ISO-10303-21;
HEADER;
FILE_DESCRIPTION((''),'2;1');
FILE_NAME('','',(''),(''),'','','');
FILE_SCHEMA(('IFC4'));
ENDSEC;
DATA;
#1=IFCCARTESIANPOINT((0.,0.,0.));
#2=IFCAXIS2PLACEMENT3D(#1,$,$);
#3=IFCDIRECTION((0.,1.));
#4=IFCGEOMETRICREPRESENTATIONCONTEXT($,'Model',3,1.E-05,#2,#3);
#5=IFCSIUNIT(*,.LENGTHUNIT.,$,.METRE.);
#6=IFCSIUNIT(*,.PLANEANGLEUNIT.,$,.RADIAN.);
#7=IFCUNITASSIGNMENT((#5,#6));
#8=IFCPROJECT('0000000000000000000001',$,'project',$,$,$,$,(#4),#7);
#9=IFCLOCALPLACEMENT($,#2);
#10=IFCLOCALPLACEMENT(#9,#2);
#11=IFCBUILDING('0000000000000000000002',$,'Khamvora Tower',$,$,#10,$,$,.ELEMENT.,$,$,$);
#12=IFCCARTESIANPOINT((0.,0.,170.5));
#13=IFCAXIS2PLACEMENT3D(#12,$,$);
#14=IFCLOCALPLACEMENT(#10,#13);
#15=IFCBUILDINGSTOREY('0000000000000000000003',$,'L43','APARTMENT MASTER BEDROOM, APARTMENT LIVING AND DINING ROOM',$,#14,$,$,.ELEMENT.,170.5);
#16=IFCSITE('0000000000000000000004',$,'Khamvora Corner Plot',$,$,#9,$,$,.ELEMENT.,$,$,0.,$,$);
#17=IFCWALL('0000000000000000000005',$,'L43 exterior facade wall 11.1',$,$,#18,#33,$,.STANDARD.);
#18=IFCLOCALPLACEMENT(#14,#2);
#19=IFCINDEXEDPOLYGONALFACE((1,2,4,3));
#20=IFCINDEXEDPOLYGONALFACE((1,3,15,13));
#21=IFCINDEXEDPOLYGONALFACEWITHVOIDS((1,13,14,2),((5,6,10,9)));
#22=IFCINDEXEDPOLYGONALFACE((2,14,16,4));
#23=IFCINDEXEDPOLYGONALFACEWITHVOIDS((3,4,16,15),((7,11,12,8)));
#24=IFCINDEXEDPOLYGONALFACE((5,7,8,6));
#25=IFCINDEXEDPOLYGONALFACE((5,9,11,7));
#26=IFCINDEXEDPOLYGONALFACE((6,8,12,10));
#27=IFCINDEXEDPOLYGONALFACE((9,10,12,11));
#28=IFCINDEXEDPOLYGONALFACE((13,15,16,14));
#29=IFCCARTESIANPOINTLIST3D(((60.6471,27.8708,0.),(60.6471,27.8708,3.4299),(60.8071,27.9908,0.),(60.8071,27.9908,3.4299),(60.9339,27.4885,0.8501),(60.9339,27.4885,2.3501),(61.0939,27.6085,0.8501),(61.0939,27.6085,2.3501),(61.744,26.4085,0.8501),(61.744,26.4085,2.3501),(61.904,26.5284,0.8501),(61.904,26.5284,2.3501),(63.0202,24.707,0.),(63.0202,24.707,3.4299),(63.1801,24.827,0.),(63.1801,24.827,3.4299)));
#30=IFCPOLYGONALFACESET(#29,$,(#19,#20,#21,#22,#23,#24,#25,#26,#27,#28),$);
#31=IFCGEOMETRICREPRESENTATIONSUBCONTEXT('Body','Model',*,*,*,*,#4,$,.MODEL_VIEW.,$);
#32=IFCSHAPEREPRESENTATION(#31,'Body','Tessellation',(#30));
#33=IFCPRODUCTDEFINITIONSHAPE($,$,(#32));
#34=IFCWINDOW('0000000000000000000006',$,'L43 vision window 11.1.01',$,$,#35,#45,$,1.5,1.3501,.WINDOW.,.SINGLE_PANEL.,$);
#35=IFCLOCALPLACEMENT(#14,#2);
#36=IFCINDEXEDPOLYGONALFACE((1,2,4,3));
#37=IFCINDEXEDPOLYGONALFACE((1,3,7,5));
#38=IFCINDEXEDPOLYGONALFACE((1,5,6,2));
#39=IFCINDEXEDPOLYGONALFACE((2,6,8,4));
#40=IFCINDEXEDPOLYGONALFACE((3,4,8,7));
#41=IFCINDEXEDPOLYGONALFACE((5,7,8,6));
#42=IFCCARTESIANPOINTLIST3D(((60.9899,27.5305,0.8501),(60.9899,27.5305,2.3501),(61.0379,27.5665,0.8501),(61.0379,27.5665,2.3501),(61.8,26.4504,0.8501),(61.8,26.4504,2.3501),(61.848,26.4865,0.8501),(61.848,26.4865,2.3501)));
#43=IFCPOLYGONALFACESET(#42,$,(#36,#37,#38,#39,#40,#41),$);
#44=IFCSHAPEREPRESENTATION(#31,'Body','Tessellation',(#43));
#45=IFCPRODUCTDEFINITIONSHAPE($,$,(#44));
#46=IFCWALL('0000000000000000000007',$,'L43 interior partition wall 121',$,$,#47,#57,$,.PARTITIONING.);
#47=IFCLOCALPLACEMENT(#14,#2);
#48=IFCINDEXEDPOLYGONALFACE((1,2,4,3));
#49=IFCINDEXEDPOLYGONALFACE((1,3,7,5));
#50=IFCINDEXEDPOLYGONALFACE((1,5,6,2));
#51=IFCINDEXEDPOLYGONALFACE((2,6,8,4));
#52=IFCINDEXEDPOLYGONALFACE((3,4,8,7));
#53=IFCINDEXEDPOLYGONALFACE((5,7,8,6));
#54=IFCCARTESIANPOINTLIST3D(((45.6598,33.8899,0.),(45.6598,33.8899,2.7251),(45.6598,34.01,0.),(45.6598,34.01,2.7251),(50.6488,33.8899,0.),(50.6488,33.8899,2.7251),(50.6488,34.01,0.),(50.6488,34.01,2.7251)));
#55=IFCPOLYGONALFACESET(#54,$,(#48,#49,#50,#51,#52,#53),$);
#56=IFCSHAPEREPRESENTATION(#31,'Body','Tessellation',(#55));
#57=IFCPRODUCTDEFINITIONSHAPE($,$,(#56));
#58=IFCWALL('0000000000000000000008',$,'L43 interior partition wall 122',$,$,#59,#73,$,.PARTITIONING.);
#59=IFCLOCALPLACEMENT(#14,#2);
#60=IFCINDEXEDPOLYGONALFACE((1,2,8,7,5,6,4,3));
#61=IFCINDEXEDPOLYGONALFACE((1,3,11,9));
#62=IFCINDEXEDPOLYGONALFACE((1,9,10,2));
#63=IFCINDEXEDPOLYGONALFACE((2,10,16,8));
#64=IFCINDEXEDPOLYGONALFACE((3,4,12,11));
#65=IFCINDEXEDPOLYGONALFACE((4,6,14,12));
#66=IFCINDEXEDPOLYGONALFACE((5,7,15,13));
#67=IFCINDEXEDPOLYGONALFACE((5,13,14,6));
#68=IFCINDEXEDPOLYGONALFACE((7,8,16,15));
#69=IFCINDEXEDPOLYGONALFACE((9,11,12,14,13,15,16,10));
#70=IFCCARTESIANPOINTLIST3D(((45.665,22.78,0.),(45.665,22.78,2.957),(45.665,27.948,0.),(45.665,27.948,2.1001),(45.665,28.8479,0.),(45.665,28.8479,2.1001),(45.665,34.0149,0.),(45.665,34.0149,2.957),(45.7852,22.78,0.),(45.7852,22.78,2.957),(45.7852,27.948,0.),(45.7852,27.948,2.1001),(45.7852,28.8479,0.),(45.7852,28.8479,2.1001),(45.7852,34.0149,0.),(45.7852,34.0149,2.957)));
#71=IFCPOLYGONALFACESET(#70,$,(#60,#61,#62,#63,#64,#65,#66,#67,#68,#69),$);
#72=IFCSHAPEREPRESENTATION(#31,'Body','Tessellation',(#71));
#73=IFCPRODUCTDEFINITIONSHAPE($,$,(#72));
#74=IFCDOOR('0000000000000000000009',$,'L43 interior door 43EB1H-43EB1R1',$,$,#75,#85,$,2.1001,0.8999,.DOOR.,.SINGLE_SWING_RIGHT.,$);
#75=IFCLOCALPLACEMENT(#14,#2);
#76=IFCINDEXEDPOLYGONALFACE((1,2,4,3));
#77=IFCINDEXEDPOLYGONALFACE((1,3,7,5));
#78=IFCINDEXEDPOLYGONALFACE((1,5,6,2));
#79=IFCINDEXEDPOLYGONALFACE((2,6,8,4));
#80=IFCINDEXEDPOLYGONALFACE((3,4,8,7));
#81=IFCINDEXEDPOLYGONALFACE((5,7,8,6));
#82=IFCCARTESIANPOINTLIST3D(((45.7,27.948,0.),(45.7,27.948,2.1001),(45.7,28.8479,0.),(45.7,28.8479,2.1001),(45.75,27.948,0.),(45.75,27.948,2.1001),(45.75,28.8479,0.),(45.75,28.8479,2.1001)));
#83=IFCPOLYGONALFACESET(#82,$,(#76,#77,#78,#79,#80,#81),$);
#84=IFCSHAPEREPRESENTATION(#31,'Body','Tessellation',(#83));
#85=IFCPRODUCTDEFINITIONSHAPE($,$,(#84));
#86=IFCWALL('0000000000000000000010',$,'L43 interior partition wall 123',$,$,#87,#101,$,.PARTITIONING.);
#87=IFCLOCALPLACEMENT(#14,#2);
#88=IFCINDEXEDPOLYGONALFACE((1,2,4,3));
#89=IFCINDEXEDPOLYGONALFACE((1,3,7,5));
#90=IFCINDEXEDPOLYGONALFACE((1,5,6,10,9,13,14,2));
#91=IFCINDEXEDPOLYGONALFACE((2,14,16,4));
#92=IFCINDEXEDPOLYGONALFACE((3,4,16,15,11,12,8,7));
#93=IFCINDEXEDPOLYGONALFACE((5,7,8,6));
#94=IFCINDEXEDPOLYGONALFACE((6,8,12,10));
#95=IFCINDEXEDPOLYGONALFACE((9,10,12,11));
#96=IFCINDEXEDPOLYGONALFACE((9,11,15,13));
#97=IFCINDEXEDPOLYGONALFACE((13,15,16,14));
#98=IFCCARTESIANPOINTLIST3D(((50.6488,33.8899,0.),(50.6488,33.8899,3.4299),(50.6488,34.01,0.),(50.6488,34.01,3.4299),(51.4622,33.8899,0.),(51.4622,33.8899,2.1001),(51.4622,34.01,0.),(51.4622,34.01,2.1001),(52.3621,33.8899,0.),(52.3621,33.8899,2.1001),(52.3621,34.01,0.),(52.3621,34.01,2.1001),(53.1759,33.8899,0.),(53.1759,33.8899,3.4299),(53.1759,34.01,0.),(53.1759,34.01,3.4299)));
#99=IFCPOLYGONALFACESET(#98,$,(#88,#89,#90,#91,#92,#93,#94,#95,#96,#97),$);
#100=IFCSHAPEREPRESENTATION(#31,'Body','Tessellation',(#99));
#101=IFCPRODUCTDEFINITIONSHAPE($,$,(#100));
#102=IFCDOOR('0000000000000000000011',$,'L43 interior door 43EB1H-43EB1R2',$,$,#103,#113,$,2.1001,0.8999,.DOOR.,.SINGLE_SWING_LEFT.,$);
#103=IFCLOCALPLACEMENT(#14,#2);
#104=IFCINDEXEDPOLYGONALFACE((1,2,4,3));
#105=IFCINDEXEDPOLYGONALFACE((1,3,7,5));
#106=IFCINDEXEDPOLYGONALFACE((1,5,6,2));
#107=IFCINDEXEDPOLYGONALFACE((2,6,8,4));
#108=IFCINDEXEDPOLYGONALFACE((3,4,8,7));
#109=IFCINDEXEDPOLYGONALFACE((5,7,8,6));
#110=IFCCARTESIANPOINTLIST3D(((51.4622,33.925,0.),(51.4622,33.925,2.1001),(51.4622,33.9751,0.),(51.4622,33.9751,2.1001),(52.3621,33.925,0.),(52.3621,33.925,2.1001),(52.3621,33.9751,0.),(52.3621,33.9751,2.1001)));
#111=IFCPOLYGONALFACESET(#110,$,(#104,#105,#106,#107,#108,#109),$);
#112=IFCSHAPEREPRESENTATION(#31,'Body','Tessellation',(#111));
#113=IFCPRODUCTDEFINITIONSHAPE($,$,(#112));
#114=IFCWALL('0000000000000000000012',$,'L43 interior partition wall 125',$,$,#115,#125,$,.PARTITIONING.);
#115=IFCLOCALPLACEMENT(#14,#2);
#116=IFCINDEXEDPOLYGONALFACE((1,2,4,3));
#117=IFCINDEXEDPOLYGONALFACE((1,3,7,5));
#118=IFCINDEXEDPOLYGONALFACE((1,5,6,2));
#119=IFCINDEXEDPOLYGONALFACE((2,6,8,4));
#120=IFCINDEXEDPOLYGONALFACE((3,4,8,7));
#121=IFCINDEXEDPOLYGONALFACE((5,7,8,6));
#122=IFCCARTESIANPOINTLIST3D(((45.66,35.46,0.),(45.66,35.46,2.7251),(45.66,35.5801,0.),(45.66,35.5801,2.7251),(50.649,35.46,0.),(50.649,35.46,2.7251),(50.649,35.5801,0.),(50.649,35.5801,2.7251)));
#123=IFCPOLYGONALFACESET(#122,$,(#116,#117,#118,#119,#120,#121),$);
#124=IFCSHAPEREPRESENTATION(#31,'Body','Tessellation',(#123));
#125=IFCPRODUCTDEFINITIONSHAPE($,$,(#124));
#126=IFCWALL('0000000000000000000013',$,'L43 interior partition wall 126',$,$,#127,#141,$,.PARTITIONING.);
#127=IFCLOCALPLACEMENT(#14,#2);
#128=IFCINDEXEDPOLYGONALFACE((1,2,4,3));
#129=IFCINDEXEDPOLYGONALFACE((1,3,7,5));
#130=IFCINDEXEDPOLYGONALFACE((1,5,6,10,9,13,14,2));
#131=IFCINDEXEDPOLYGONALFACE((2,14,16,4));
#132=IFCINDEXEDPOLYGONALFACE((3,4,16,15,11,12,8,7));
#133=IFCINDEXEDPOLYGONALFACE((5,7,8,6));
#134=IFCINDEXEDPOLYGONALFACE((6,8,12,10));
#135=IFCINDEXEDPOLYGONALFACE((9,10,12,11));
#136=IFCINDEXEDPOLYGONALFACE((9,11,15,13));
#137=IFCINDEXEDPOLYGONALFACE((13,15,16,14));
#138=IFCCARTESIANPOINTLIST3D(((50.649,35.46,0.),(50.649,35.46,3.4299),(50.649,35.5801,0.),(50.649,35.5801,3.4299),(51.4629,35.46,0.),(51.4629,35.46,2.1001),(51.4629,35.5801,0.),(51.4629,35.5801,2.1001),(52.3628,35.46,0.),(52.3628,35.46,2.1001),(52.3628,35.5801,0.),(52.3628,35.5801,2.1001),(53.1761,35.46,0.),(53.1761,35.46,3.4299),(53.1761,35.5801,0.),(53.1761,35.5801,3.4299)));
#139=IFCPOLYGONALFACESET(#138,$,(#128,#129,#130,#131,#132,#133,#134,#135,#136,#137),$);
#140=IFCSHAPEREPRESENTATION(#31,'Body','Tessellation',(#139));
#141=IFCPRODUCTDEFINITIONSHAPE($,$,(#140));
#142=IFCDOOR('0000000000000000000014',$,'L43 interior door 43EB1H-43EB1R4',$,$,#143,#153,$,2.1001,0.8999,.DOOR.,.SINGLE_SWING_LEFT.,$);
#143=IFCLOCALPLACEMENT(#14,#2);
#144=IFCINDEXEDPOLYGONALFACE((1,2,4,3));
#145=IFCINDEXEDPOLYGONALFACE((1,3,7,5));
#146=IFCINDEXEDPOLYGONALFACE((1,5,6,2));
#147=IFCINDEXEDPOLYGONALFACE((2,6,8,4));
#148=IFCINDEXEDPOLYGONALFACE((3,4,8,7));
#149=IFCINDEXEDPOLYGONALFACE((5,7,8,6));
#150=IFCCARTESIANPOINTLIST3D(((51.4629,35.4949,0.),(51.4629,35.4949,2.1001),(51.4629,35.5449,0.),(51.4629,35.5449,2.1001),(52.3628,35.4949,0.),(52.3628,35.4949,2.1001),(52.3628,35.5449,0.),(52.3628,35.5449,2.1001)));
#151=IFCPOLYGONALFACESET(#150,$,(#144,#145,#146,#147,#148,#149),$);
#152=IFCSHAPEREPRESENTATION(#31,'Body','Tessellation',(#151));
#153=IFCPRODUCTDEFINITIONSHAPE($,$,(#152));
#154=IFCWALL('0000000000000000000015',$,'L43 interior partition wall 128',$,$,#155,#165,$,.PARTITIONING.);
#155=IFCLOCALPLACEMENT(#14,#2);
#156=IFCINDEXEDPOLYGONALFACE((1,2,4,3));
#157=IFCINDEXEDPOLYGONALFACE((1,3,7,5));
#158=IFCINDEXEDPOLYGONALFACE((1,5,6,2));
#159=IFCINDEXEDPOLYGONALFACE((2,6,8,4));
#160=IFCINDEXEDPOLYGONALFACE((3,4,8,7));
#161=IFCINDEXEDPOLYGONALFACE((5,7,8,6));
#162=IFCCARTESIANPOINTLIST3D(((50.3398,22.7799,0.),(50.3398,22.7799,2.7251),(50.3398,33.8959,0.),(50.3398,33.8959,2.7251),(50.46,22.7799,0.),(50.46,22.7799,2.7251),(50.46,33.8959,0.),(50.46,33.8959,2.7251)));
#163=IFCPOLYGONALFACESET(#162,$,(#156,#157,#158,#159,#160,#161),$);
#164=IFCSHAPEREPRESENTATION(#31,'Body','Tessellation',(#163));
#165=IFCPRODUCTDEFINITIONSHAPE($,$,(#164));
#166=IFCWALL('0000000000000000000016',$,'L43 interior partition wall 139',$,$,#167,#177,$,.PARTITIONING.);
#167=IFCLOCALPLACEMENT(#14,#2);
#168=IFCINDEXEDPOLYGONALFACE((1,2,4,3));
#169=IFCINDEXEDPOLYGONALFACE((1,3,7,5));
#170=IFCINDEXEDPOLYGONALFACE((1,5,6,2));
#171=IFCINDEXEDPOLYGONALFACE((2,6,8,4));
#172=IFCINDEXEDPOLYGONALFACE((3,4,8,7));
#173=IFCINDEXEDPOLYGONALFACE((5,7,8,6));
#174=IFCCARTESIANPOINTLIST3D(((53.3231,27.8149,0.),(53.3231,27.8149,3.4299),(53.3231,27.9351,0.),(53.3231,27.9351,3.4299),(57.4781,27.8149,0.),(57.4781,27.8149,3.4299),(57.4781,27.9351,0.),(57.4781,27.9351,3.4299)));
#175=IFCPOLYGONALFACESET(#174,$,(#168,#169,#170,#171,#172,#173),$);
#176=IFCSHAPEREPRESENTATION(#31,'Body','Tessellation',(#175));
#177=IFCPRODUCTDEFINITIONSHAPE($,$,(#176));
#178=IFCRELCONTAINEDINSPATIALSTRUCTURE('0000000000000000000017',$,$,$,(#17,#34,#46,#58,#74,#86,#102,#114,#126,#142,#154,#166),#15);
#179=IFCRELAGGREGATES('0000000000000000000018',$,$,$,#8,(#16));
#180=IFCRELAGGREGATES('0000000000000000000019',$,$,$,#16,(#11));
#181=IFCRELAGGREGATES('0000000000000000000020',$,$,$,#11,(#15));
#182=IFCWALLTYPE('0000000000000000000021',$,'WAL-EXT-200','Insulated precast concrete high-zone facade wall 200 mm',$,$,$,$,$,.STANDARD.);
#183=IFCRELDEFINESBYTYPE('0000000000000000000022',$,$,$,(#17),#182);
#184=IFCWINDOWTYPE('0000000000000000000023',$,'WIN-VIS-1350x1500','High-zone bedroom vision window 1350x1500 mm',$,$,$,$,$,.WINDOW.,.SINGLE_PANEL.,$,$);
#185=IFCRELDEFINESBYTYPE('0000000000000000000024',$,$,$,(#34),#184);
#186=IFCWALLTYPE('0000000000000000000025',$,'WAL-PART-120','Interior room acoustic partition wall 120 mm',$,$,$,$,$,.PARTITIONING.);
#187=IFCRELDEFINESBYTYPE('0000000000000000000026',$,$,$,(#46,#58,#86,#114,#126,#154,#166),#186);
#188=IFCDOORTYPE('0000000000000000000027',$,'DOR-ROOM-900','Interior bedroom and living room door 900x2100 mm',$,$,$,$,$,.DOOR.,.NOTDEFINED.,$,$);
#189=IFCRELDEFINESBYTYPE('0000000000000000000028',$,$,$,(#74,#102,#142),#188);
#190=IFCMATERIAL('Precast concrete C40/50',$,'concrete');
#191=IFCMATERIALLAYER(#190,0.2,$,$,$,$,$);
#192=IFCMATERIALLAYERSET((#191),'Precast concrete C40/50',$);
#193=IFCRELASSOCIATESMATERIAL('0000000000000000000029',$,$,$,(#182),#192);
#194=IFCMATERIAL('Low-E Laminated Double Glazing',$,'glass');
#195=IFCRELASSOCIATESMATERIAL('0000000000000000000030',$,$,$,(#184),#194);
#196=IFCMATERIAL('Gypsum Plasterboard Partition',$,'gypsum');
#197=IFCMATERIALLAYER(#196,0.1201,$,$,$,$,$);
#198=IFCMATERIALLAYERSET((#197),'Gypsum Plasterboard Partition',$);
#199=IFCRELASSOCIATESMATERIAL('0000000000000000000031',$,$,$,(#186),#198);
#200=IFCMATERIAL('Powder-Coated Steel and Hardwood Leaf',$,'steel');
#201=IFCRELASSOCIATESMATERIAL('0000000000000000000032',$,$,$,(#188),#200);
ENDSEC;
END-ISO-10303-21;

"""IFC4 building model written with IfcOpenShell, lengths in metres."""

from ifc_helpers import new_model, si_unit, direction, frame, frame_2d, origin, place, context, subcontext, project, spatial, rectangle, extrude, material, layer, layer_set, type_object, element, fill, save


model = new_model("IFC4")

# Units and contexts
model_context = context("Model", 3, precision=1e-05, world=origin(), true_north=direction((0.0, 1.0)))
body_context = subcontext(model_context, "Body", "Model", "MODEL_VIEW")
ifc_project = project(units=[si_unit("LENGTHUNIT", "METRE"), si_unit("PLANEANGLEUNIT", "RADIAN")], contexts=[model_context])

# Site, building, storey
site_placement = place(None, origin())
site = spatial("IfcSite", under=ifc_project, at=site_placement, Name="Khamvora Corner Plot", CompositionType="ELEMENT", RefElevation=0.0)
building_placement = place(site_placement, origin())
building = spatial("IfcBuilding", under=site, at=building_placement, Name="Khamvora Tower", CompositionType="ELEMENT")
storey_placement = place(building_placement, frame((0.0, 0.0, 170.5)))
storey = spatial("IfcBuildingStorey", under=building, at=storey_placement, Name="L43", Description="APARTMENT MASTER BEDROOM, APARTMENT LIVING AND DINING ROOM", CompositionType="ELEMENT", Elevation=170.5)

# Shared definitions
ifc_material_1 = material(Name="Precast concrete C40/50", Category="concrete")
ifc_layer_1 = layer(ifc_material_1, 0.2)
ifc_layer_set_1 = layer_set([ifc_layer_1], Name="Precast concrete C40/50")
wall_type_1 = type_object("IfcWallType", Name="WAL-EXT-200", Description="Insulated precast concrete high-zone facade wall 200 mm", PredefinedType="STANDARD", material=ifc_layer_set_1)

# Wall, opening, window
wall_1_placement = place(storey_placement, frame((60.7271, 27.9309, 0.0), z_axis=(0.0, 0.0, 1.0), x_axis=(0.60003, -0.799978, 0.0)))
wall_1 = element("IfcWall", 1, at=wall_1_placement, inside=storey, type_object=wall_type_1, Name="L43 exterior facade wall 11.1", PredefinedType="STANDARD", context=body_context, shape_type="SweptSolid", body=[
    extrude(rectangle(XDim=3.9548, YDim=0.2, at=frame_2d((1.9775, 0.0))), origin(), (0.0, 0.0, 1.0), 3.4299),
])
opening_1_placement = place(wall_1_placement, frame((0.478, 0.0, 0.8501)))
opening_1 = element("IfcOpeningElement", 2, at=opening_1_placement, cuts=wall_1, PredefinedType="OPENING", context=body_context, shape_type="SweptSolid", body=[
    extrude(rectangle(XDim=1.3501, YDim=1.5, at=frame_2d((0.675, 0.75))), frame((0.0, 0.1099, 0.0), z_axis=(0.0, -1.0, 0.0), x_axis=(1.0, 0.0, 0.0)), (0.0, 0.0, 1.0), 0.22),
])
ifc_material_2 = material(Name="Low-E Laminated Double Glazing", Category="glass")
window_type = type_object("IfcWindowType", Name="WIN-VIS-1350x1500", Description="High-zone bedroom vision window 1350x1500 mm", PartitioningType="SINGLE_PANEL", PredefinedType="WINDOW", material=ifc_material_2)
window_placement = place(opening_1_placement, origin())
window = element("IfcWindow", 3, at=window_placement, inside=storey, type_object=window_type, Name="L43 vision window 11.1.01", OverallHeight=1.5, OverallWidth=1.3501, PartitioningType="SINGLE_PANEL", PredefinedType="WINDOW", context=body_context, shape_type="SweptSolid", body=[
    extrude(rectangle(XDim=1.3501, YDim=1.5, at=frame_2d((0.675, 0.75))), frame((0.0, 0.03, 0.0), z_axis=(0.0, -1.0, 0.0), x_axis=(1.0, 0.0, 0.0)), (0.0, 0.0, 1.0), 0.0601),
])
fill(opening_1, window)

# Wall
ifc_material_3 = material(Name="Gypsum Plasterboard Partition", Category="gypsum")
ifc_layer_2 = layer(ifc_material_3, 0.1201)
ifc_layer_set_2 = layer_set([ifc_layer_2], Name="Gypsum Plasterboard Partition")
wall_type_2 = type_object("IfcWallType", Name="WAL-PART-120", Description="Interior room acoustic partition wall 120 mm", PredefinedType="PARTITIONING", material=ifc_layer_set_2)
wall_2_placement = place(storey_placement, frame((50.6489, 33.95, 0.0), z_axis=(0.0, 0.0, 1.0), x_axis=(-1.0, 0.0, 0.0)))
element("IfcWall", 4, at=wall_2_placement, inside=storey, type_object=wall_type_2, Name="L43 interior partition wall 121", PredefinedType="PARTITIONING", context=body_context, shape_type="SweptSolid", body=[
    extrude(rectangle(XDim=4.989, YDim=0.1201, at=frame_2d((2.4946, 0.0))), origin(), (0.0, 0.0, 1.0), 2.7251),
])

# Walls, openings, doors
wall_3_placement = place(storey_placement, frame((45.7251, 34.0149, 0.0), z_axis=(0.0, 0.0, 1.0), x_axis=(0.0, -1.0, 0.0)))
wall_3 = element("IfcWall", 5, at=wall_3_placement, inside=storey, type_object=wall_type_2, Name="L43 interior partition wall 122", PredefinedType="PARTITIONING", context=body_context, shape_type="SweptSolid", body=[
    extrude(rectangle(XDim=11.2349, YDim=0.1201, at=frame_2d((5.6174, 0.0))), origin(), (0.0, 0.0, 1.0), 2.957),
])
opening_2_placement = place(wall_3_placement, frame((5.167, 0.0, 0.0)))
opening_2 = element("IfcOpeningElement", 6, at=opening_2_placement, cuts=wall_3, PredefinedType="OPENING", context=body_context, shape_type="SweptSolid", body=[
    extrude(rectangle(XDim=0.8999, YDim=2.1001, at=frame_2d((0.45, 1.05))), frame((0.0, 0.0701, 0.0), z_axis=(0.0, -1.0, 0.0), x_axis=(1.0, 0.0, 0.0)), (0.0, 0.0, 1.0), 0.1401),
])
ifc_material_4 = material(Name="Powder-Coated Steel and Hardwood Leaf", Category="steel")
door_type = type_object("IfcDoorType", Name="DOR-ROOM-900", Description="Interior bedroom and living room door 900x2100 mm", OperationType="NOTDEFINED", PredefinedType="DOOR", material=ifc_material_4)
door_1_placement = place(opening_2_placement, origin())
door_1 = element("IfcDoor", 7, at=door_1_placement, inside=storey, type_object=door_type, Name="L43 interior door 43EB1H-43EB1R1", OperationType="SINGLE_SWING_RIGHT", OverallHeight=2.1001, OverallWidth=0.8999, PredefinedType="DOOR", context=body_context, shape_type="SweptSolid", body=[
    extrude(rectangle(XDim=0.8999, YDim=2.1001, at=frame_2d((0.45, 1.05))), frame((0.0, 0.0249, 0.0), z_axis=(0.0, -1.0, 0.0), x_axis=(1.0, 0.0, 0.0)), (0.0, 0.0, 1.0), 0.05),
])
fill(opening_2, door_1)
wall_4_placement = place(storey_placement, frame((53.176, 33.95, 0.0), z_axis=(0.0, 0.0, 1.0), x_axis=(-1.0, 0.0, 0.0)))
wall_4 = element("IfcWall", 8, at=wall_4_placement, inside=storey, type_object=wall_type_2, Name="L43 interior partition wall 123", PredefinedType="PARTITIONING", context=body_context, shape_type="SweptSolid", body=[
    extrude(rectangle(XDim=2.5271, YDim=0.1201, at=frame_2d((1.2637, 0.0))), origin(), (0.0, 0.0, 1.0), 3.4299),
])
opening_3_placement = place(wall_4_placement, frame((0.814, 0.0, 0.0)))
opening_3 = element("IfcOpeningElement", 9, at=opening_3_placement, cuts=wall_4, PredefinedType="OPENING", context=body_context, shape_type="SweptSolid", body=[
    extrude(rectangle(XDim=0.8999, YDim=2.1001, at=frame_2d((0.45, 1.05))), frame((0.0, 0.0701, 0.0), z_axis=(0.0, -1.0, 0.0), x_axis=(1.0, 0.0, 0.0)), (0.0, 0.0, 1.0), 0.1401),
])
door_2_placement = place(opening_3_placement, origin())
door_2 = element("IfcDoor", 10, at=door_2_placement, inside=storey, type_object=door_type, Name="L43 interior door 43EB1H-43EB1R2", OperationType="SINGLE_SWING_LEFT", OverallHeight=2.1001, OverallWidth=0.8999, PredefinedType="DOOR", context=body_context, shape_type="SweptSolid", body=[
    extrude(rectangle(XDim=0.8999, YDim=2.1001, at=frame_2d((0.45, 1.05))), frame((0.0, 0.0249, 0.0), z_axis=(0.0, -1.0, 0.0), x_axis=(1.0, 0.0, 0.0)), (0.0, 0.0, 1.0), 0.05),
])
fill(opening_3, door_2)

# Wall
wall_5_placement = place(storey_placement, frame((45.6599, 35.52, 0.0), z_axis=(0.0, 0.0, 1.0), x_axis=(1.0, 0.0, 0.0)))
element("IfcWall", 11, at=wall_5_placement, inside=storey, type_object=wall_type_2, Name="L43 interior partition wall 125", PredefinedType="PARTITIONING", context=body_context, shape_type="SweptSolid", body=[
    extrude(rectangle(XDim=4.989, YDim=0.1201, at=frame_2d((2.4946, 0.0))), origin(), (0.0, 0.0, 1.0), 2.7251),
])

# Wall, opening, door
wall_6_placement = place(storey_placement, frame((50.6489, 35.52, 0.0), z_axis=(0.0, 0.0, 1.0), x_axis=(1.0, 0.0, 0.0)))
wall_6 = element("IfcWall", 12, at=wall_6_placement, inside=storey, type_object=wall_type_2, Name="L43 interior partition wall 126", PredefinedType="PARTITIONING", context=body_context, shape_type="SweptSolid", body=[
    extrude(rectangle(XDim=2.5271, YDim=0.1201, at=frame_2d((1.2637, 0.0))), origin(), (0.0, 0.0, 1.0), 3.4299),
])
opening_4_placement = place(wall_6_placement, frame((0.814, 0.0, 0.0)))
opening_4 = element("IfcOpeningElement", 13, at=opening_4_placement, cuts=wall_6, PredefinedType="OPENING", context=body_context, shape_type="SweptSolid", body=[
    extrude(rectangle(XDim=0.8999, YDim=2.1001, at=frame_2d((0.45, 1.05))), frame((0.0, 0.0701, 0.0), z_axis=(0.0, -1.0, 0.0), x_axis=(1.0, 0.0, 0.0)), (0.0, 0.0, 1.0), 0.1401),
])
door_3_placement = place(opening_4_placement, origin())
door_3 = element("IfcDoor", 14, at=door_3_placement, inside=storey, type_object=door_type, Name="L43 interior door 43EB1H-43EB1R4", OperationType="SINGLE_SWING_LEFT", OverallHeight=2.1001, OverallWidth=0.8999, PredefinedType="DOOR", context=body_context, shape_type="SweptSolid", body=[
    extrude(rectangle(XDim=0.8999, YDim=2.1001, at=frame_2d((0.45, 1.05))), frame((0.0, 0.0249, 0.0), z_axis=(0.0, -1.0, 0.0), x_axis=(1.0, 0.0, 0.0)), (0.0, 0.0, 1.0), 0.05),
])
fill(opening_4, door_3)

# Walls
wall_7_placement = place(storey_placement, frame((50.3999, 33.896, 0.0), z_axis=(0.0, 0.0, 1.0), x_axis=(0.0, -1.0, 0.0)))
element("IfcWall", 15, at=wall_7_placement, inside=storey, type_object=wall_type_2, Name="L43 interior partition wall 128", PredefinedType="PARTITIONING", context=body_context, shape_type="SweptSolid", body=[
    extrude(rectangle(XDim=11.116, YDim=0.1201, at=frame_2d((5.5581, 0.0))), origin(), (0.0, 0.0, 1.0), 2.7251),
])
wall_8_placement = place(storey_placement, frame((53.323, 27.875, 0.0), z_axis=(0.0, 0.0, 1.0), x_axis=(1.0, 0.0, 0.0)))
element("IfcWall", 16, at=wall_8_placement, inside=storey, type_object=wall_type_2, Name="L43 interior partition wall 139", PredefinedType="PARTITIONING", context=body_context, shape_type="SweptSolid", body=[
    extrude(rectangle(XDim=4.155, YDim=0.1201, at=frame_2d((2.0776, 0.0))), origin(), (0.0, 0.0, 1.0), 3.4299),
])

save(model, "model.ifc")
